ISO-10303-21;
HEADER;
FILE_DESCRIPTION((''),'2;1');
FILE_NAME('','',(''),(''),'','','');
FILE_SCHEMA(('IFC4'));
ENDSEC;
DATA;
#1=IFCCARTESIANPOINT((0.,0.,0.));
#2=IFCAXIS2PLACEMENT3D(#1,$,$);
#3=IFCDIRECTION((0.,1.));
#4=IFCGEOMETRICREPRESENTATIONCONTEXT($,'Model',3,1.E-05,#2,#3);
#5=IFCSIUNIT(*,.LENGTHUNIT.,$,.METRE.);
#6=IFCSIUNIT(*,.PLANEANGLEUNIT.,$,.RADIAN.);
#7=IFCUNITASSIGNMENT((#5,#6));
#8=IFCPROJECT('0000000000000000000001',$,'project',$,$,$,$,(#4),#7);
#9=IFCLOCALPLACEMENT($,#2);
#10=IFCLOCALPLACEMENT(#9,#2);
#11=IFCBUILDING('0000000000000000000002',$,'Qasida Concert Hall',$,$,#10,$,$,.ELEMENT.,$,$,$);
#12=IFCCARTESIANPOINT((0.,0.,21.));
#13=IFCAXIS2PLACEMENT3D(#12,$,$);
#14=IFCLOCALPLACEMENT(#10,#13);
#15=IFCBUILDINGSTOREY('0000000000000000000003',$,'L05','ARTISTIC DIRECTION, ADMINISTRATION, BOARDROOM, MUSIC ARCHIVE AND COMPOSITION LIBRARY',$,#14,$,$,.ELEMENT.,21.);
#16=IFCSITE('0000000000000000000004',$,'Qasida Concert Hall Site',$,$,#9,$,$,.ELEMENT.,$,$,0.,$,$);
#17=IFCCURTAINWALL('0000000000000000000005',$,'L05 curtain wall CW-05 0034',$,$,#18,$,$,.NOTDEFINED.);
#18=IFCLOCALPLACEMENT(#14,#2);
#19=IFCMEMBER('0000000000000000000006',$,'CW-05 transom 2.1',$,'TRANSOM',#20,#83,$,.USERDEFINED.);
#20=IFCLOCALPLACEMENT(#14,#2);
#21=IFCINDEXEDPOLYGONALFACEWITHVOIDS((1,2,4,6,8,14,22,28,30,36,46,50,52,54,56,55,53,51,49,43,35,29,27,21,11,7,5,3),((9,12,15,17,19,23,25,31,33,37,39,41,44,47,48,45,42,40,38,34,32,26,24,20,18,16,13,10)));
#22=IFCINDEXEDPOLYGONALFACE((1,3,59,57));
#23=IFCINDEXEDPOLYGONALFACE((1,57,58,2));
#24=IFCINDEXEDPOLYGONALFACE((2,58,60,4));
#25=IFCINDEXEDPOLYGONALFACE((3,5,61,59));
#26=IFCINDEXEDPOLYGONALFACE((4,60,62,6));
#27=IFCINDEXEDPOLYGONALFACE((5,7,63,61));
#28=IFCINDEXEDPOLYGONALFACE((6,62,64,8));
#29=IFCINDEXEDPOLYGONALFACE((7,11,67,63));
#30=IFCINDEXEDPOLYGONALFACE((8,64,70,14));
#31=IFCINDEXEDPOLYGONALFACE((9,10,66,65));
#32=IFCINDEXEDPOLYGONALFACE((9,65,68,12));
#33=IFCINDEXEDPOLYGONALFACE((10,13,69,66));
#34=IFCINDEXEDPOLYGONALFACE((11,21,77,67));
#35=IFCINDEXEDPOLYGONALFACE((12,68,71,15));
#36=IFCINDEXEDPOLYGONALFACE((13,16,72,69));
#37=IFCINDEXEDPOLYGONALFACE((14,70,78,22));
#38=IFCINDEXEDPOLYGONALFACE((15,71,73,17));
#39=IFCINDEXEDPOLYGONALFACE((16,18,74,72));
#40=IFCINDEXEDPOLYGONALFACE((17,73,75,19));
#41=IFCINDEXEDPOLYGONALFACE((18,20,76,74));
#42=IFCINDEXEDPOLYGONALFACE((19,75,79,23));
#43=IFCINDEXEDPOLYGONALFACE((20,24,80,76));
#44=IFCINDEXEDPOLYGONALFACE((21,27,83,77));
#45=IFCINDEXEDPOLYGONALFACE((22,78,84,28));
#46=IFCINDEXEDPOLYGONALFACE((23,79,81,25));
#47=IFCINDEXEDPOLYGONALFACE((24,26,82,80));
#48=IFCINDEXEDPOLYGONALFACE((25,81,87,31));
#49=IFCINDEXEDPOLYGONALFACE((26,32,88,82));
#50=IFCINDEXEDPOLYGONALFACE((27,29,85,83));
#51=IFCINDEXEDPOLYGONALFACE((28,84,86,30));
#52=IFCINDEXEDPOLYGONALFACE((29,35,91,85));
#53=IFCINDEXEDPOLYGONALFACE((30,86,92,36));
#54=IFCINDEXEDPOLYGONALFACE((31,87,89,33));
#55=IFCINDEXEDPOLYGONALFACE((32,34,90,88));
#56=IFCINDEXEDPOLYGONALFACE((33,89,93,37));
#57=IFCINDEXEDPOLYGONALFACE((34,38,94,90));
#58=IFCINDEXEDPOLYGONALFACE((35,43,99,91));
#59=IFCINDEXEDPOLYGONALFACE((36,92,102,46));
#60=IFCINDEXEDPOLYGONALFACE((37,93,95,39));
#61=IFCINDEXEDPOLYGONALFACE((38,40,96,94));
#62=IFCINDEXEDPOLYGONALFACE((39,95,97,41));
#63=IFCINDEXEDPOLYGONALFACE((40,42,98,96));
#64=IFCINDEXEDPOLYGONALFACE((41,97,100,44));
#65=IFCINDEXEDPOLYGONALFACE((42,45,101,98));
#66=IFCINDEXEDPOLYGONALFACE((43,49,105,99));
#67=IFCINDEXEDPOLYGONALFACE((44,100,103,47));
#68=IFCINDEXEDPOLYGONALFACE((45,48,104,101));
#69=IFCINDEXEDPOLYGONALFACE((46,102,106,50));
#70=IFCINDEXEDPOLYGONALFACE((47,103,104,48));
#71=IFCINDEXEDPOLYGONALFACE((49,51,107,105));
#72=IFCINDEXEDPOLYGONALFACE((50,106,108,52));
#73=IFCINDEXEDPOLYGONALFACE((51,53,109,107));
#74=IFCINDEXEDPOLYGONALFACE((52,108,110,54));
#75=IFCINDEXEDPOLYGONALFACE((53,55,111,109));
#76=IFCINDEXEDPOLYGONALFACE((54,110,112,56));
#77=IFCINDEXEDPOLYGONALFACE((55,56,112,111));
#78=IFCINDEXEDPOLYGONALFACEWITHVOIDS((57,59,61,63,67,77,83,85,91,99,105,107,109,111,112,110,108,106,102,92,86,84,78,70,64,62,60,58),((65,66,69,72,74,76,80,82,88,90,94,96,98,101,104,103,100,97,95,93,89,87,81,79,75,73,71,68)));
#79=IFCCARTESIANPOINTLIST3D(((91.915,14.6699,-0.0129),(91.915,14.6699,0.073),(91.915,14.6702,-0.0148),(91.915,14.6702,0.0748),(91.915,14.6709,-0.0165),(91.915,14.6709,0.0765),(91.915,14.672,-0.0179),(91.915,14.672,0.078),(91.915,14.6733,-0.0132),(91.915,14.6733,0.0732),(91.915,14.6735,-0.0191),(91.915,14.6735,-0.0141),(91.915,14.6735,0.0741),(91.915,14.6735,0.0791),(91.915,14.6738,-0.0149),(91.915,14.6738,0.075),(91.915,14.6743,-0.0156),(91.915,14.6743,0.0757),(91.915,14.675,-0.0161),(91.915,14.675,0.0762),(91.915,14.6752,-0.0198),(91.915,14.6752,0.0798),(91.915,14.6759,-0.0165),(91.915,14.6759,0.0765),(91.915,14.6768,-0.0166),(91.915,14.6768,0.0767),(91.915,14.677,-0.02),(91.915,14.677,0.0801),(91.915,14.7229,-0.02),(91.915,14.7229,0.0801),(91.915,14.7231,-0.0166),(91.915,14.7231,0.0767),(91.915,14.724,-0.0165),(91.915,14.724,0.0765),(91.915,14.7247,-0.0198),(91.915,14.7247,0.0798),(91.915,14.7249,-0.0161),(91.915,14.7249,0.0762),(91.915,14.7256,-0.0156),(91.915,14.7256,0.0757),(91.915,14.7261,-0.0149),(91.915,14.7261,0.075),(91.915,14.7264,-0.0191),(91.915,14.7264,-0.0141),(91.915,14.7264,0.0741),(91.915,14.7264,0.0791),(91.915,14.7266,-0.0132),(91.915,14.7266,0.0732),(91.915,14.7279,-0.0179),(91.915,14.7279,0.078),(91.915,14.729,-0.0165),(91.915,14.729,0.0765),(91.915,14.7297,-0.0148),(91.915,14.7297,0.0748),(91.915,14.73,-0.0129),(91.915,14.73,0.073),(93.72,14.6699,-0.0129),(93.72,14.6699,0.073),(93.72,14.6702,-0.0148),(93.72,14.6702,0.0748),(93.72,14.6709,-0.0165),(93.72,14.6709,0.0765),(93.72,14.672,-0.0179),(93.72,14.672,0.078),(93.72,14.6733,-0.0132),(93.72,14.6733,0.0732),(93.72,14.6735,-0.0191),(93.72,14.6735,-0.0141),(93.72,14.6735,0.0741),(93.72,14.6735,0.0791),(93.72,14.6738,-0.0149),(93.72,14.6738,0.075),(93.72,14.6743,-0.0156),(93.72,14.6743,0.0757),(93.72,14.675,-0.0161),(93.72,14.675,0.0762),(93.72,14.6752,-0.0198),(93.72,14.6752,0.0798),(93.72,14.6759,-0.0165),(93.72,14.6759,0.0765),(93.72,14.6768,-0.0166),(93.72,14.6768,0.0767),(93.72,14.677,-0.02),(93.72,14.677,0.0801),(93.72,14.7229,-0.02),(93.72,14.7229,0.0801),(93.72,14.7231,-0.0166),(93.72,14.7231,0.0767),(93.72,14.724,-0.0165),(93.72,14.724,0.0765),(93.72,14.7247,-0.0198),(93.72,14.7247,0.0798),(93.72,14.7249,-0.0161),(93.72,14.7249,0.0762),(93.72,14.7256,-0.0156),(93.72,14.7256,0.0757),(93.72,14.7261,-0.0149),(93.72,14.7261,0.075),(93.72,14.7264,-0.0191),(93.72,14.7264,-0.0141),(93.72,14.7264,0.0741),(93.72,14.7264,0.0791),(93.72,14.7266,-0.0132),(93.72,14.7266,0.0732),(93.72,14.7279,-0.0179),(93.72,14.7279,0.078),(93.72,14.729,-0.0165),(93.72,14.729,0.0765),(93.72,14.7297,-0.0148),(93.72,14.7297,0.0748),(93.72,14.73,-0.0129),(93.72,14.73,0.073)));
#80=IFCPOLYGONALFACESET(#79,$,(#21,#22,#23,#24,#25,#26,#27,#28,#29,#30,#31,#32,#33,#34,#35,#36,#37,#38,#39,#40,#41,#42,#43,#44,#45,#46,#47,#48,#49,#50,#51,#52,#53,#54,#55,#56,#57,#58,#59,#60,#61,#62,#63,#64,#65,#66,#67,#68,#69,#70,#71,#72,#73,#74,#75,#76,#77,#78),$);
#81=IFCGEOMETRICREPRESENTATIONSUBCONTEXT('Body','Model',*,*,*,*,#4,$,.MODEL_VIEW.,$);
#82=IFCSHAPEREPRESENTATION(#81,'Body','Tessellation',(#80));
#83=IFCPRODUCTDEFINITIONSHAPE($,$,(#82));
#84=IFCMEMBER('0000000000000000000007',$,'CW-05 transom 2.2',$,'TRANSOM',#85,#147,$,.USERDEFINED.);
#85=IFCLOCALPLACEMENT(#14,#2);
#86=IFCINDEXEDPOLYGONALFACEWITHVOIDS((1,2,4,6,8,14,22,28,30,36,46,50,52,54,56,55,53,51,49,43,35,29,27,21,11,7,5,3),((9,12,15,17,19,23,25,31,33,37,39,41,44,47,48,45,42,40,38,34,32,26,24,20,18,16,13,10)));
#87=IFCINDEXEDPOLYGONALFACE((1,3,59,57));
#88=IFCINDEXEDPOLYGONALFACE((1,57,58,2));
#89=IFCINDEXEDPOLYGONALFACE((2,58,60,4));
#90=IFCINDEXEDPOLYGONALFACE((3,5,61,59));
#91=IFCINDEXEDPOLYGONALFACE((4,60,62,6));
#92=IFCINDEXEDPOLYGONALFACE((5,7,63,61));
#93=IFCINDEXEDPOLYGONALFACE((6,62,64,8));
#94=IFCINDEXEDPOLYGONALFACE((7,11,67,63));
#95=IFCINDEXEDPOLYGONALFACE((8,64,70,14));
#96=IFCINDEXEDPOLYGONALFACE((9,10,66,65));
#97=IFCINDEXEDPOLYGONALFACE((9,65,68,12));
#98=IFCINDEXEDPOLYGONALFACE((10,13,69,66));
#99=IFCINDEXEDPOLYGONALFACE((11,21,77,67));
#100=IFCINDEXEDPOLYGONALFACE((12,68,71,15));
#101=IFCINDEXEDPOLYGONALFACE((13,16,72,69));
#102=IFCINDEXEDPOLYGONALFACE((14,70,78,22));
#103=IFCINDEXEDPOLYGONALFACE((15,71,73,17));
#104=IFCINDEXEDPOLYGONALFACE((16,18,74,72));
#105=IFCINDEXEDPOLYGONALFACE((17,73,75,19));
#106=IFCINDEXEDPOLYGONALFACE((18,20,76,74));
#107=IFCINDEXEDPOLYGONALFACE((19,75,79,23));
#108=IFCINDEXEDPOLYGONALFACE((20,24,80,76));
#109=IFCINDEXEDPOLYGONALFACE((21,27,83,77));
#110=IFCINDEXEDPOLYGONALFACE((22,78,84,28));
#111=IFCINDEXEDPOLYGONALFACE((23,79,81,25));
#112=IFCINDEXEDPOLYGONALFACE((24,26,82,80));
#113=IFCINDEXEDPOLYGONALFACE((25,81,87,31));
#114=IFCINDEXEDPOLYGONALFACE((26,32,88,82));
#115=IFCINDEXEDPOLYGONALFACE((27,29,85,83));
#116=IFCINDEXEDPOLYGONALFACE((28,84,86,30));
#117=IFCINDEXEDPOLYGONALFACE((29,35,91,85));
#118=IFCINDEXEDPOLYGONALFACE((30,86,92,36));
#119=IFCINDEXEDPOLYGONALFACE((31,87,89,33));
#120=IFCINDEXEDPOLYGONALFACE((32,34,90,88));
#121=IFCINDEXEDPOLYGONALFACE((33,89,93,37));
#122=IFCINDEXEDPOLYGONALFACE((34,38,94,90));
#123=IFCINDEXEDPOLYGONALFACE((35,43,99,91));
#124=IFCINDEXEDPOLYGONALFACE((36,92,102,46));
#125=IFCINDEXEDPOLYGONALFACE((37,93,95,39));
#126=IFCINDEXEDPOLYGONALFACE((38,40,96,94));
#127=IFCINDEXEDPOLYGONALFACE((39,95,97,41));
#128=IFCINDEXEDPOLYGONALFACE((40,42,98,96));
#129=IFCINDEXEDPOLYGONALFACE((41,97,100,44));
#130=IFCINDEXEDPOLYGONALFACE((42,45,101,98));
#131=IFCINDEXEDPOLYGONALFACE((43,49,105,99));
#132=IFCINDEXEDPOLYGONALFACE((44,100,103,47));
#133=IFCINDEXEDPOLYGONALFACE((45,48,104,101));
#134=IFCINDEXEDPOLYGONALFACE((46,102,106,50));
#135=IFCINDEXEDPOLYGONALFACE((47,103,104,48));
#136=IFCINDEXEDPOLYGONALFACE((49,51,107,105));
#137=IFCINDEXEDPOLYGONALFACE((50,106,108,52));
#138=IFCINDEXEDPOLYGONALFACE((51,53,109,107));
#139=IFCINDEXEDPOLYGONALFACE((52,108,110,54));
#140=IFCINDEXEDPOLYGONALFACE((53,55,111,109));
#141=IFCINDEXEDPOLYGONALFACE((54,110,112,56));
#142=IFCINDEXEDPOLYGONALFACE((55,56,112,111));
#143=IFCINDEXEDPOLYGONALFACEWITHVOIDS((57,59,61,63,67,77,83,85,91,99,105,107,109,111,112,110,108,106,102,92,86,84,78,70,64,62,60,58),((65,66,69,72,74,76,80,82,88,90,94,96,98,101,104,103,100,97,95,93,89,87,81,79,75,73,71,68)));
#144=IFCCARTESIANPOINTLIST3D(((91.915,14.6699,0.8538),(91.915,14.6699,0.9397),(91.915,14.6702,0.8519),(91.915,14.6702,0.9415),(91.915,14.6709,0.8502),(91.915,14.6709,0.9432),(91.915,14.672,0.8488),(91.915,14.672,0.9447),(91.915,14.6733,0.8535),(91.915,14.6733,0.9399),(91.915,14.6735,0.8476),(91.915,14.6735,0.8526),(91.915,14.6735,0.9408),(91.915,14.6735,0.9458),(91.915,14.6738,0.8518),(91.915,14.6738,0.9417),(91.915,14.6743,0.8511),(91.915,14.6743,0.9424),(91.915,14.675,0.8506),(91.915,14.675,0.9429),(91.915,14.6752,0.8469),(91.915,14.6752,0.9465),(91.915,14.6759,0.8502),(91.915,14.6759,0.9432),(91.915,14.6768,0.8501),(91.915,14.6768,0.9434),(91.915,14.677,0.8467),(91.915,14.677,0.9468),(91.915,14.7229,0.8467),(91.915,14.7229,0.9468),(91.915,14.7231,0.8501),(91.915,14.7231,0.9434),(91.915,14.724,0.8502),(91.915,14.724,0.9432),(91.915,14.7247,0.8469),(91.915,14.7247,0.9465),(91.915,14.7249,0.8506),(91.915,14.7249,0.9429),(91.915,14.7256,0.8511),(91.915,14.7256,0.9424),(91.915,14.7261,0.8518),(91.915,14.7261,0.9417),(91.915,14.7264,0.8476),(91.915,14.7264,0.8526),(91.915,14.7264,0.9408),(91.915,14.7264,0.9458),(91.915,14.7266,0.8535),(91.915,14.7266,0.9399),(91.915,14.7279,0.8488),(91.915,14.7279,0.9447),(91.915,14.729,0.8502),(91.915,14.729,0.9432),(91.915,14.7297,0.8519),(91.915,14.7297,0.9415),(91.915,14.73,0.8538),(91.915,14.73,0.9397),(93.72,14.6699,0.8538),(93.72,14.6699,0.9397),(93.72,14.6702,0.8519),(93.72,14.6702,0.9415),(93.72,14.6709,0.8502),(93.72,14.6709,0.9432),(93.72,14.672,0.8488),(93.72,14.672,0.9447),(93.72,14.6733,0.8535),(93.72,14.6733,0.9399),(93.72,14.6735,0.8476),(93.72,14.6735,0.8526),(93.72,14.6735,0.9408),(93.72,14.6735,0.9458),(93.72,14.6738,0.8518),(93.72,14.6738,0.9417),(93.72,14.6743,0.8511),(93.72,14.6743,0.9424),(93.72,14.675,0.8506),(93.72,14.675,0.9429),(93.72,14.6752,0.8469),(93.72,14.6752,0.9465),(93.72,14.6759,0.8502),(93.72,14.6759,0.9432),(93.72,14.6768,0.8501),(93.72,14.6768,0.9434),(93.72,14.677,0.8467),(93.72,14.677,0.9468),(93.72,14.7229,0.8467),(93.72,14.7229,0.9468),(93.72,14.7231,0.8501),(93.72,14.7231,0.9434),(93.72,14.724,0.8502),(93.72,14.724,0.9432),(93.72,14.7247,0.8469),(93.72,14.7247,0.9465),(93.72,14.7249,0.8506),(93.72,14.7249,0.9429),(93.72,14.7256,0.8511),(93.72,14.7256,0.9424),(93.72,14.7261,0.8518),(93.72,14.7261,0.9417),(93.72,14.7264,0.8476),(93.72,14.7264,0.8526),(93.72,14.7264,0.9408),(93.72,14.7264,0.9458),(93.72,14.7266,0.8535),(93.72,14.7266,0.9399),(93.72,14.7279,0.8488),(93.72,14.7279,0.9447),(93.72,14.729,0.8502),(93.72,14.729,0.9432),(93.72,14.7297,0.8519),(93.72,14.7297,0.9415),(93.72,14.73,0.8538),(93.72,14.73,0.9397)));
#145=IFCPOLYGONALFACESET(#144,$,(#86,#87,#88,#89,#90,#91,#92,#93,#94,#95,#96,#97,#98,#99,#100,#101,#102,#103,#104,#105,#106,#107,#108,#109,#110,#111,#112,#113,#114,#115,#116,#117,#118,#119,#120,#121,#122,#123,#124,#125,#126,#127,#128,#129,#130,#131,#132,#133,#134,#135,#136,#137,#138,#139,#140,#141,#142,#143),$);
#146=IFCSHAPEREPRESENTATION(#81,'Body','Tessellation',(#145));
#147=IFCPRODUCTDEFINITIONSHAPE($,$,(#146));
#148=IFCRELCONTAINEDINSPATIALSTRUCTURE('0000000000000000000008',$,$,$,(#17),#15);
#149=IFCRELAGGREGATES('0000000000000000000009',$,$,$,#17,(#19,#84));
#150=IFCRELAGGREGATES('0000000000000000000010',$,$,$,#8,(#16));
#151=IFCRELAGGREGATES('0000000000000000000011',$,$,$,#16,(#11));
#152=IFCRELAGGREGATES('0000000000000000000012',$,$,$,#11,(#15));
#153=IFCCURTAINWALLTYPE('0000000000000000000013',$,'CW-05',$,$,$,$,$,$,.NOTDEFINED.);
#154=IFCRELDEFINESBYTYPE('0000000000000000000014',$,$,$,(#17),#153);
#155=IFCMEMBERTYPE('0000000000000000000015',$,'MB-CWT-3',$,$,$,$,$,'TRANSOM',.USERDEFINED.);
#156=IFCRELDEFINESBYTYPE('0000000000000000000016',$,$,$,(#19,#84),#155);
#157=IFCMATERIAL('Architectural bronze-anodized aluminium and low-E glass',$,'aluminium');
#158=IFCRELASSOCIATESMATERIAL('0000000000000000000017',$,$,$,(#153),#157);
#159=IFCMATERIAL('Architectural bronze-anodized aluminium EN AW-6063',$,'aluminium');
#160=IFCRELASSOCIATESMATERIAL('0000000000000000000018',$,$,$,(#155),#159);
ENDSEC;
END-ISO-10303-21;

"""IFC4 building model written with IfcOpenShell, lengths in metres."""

from ifc_helpers import new_model, si_unit, direction, frame, origin, origin_2d, place, context, subcontext, project, spatial, hollow_rectangle, extrude, material, material_profile, profile_set, type_object, element, aggregate, save


model = new_model("IFC4")

# Units and contexts
model_context = context("Model", 3, precision=1e-05, world=origin(), true_north=direction((0.0, 1.0)))
body_context = subcontext(model_context, "Body", "Model", "MODEL_VIEW")
ifc_project = project(units=[si_unit("LENGTHUNIT", "METRE"), si_unit("PLANEANGLEUNIT", "RADIAN")], contexts=[model_context])

# Site, building, storey
site_placement = place(None, origin())
site = spatial("IfcSite", under=ifc_project, at=site_placement, Name="Qasida Concert Hall Site", CompositionType="ELEMENT", RefElevation=0.0)
building_placement = place(site_placement, origin())
building = spatial("IfcBuilding", under=site, at=building_placement, Name="Qasida Concert Hall", CompositionType="ELEMENT")
storey_placement = place(building_placement, frame((0.0, 0.0, 21.0)))
storey = spatial("IfcBuildingStorey", under=building, at=storey_placement, Name="L05", Description="ARTISTIC DIRECTION, ADMINISTRATION, BOARDROOM, MUSIC ARCHIVE AND COMPOSITION LIBRARY", CompositionType="ELEMENT", Elevation=21.0)

# Shared definitions
ifc_material_1 = material(Name="Architectural bronze-anodized aluminium and low-E glass", Category="aluminium")
curtain_wall_type = type_object("IfcCurtainWallType", Name="CW-05", PredefinedType="NOTDEFINED", material=ifc_material_1)
ifc_material_2 = material(Name="Architectural bronze-anodized aluminium EN AW-6063", Category="aluminium")

# Curtain wall, members
curtain_wall_1_placement = place(storey_placement, origin())
curtain_wall_1 = element("IfcCurtainWall", 1, at=curtain_wall_1_placement, inside=storey, type_object=curtain_wall_type, Name="L05 curtain wall CW-05 0034", PredefinedType="NOTDEFINED")
ifc_material_profile_1 = material_profile(ifc_material_2, hollow_rectangle(XDim=0.0601, YDim=0.1001, WallThickness=0.0034, InnerFilletRadius=0.0034, OuterFilletRadius=0.0071, at=origin_2d()), Name="CWT 100x60x3.5")
ifc_profile_set_1 = profile_set([ifc_material_profile_1], Name="Architectural bronze-anodized aluminium EN AW-6063")
member_type_1 = type_object("IfcMemberType", Name="MB-CWT-3", ElementType="TRANSOM", PredefinedType="USERDEFINED", material=ifc_profile_set_1)
member_1_placement = place(storey_placement, frame((91.915, 14.7, 0.03), z_axis=(1.0, 0.0, 0.0), x_axis=(0.0, 1.0, 0.0)))
member_1 = element("IfcMember", 2, at=member_1_placement, type_object=member_type_1, Name="CW-05 transom 2.1", ObjectType="TRANSOM", PredefinedType="USERDEFINED", context=body_context, shape_type="SweptSolid", body=[
    extrude(hollow_rectangle(XDim=0.0601, YDim=0.1001, WallThickness=0.0034, InnerFilletRadius=0.0034, OuterFilletRadius=0.0071, at=origin_2d()), origin(), (0.0, 0.0, 1.0), 1.8049),
])
member_2_placement = place(storey_placement, frame((91.915, 14.7, 0.8967), z_axis=(1.0, 0.0, 0.0), x_axis=(0.0, 1.0, 0.0)))
member_2 = element("IfcMember", 3, at=member_2_placement, type_object=member_type_1, Name="CW-05 transom 2.2", ObjectType="TRANSOM", PredefinedType="USERDEFINED", context=body_context, shape_type="SweptSolid", body=[
    extrude(hollow_rectangle(XDim=0.0601, YDim=0.1001, WallThickness=0.0034, InnerFilletRadius=0.0034, OuterFilletRadius=0.0071, at=origin_2d()), origin(), (0.0, 0.0, 1.0), 1.8049),
])

aggregate(curtain_wall_1, [member_1, member_2])

save(model, "model.ifc")
